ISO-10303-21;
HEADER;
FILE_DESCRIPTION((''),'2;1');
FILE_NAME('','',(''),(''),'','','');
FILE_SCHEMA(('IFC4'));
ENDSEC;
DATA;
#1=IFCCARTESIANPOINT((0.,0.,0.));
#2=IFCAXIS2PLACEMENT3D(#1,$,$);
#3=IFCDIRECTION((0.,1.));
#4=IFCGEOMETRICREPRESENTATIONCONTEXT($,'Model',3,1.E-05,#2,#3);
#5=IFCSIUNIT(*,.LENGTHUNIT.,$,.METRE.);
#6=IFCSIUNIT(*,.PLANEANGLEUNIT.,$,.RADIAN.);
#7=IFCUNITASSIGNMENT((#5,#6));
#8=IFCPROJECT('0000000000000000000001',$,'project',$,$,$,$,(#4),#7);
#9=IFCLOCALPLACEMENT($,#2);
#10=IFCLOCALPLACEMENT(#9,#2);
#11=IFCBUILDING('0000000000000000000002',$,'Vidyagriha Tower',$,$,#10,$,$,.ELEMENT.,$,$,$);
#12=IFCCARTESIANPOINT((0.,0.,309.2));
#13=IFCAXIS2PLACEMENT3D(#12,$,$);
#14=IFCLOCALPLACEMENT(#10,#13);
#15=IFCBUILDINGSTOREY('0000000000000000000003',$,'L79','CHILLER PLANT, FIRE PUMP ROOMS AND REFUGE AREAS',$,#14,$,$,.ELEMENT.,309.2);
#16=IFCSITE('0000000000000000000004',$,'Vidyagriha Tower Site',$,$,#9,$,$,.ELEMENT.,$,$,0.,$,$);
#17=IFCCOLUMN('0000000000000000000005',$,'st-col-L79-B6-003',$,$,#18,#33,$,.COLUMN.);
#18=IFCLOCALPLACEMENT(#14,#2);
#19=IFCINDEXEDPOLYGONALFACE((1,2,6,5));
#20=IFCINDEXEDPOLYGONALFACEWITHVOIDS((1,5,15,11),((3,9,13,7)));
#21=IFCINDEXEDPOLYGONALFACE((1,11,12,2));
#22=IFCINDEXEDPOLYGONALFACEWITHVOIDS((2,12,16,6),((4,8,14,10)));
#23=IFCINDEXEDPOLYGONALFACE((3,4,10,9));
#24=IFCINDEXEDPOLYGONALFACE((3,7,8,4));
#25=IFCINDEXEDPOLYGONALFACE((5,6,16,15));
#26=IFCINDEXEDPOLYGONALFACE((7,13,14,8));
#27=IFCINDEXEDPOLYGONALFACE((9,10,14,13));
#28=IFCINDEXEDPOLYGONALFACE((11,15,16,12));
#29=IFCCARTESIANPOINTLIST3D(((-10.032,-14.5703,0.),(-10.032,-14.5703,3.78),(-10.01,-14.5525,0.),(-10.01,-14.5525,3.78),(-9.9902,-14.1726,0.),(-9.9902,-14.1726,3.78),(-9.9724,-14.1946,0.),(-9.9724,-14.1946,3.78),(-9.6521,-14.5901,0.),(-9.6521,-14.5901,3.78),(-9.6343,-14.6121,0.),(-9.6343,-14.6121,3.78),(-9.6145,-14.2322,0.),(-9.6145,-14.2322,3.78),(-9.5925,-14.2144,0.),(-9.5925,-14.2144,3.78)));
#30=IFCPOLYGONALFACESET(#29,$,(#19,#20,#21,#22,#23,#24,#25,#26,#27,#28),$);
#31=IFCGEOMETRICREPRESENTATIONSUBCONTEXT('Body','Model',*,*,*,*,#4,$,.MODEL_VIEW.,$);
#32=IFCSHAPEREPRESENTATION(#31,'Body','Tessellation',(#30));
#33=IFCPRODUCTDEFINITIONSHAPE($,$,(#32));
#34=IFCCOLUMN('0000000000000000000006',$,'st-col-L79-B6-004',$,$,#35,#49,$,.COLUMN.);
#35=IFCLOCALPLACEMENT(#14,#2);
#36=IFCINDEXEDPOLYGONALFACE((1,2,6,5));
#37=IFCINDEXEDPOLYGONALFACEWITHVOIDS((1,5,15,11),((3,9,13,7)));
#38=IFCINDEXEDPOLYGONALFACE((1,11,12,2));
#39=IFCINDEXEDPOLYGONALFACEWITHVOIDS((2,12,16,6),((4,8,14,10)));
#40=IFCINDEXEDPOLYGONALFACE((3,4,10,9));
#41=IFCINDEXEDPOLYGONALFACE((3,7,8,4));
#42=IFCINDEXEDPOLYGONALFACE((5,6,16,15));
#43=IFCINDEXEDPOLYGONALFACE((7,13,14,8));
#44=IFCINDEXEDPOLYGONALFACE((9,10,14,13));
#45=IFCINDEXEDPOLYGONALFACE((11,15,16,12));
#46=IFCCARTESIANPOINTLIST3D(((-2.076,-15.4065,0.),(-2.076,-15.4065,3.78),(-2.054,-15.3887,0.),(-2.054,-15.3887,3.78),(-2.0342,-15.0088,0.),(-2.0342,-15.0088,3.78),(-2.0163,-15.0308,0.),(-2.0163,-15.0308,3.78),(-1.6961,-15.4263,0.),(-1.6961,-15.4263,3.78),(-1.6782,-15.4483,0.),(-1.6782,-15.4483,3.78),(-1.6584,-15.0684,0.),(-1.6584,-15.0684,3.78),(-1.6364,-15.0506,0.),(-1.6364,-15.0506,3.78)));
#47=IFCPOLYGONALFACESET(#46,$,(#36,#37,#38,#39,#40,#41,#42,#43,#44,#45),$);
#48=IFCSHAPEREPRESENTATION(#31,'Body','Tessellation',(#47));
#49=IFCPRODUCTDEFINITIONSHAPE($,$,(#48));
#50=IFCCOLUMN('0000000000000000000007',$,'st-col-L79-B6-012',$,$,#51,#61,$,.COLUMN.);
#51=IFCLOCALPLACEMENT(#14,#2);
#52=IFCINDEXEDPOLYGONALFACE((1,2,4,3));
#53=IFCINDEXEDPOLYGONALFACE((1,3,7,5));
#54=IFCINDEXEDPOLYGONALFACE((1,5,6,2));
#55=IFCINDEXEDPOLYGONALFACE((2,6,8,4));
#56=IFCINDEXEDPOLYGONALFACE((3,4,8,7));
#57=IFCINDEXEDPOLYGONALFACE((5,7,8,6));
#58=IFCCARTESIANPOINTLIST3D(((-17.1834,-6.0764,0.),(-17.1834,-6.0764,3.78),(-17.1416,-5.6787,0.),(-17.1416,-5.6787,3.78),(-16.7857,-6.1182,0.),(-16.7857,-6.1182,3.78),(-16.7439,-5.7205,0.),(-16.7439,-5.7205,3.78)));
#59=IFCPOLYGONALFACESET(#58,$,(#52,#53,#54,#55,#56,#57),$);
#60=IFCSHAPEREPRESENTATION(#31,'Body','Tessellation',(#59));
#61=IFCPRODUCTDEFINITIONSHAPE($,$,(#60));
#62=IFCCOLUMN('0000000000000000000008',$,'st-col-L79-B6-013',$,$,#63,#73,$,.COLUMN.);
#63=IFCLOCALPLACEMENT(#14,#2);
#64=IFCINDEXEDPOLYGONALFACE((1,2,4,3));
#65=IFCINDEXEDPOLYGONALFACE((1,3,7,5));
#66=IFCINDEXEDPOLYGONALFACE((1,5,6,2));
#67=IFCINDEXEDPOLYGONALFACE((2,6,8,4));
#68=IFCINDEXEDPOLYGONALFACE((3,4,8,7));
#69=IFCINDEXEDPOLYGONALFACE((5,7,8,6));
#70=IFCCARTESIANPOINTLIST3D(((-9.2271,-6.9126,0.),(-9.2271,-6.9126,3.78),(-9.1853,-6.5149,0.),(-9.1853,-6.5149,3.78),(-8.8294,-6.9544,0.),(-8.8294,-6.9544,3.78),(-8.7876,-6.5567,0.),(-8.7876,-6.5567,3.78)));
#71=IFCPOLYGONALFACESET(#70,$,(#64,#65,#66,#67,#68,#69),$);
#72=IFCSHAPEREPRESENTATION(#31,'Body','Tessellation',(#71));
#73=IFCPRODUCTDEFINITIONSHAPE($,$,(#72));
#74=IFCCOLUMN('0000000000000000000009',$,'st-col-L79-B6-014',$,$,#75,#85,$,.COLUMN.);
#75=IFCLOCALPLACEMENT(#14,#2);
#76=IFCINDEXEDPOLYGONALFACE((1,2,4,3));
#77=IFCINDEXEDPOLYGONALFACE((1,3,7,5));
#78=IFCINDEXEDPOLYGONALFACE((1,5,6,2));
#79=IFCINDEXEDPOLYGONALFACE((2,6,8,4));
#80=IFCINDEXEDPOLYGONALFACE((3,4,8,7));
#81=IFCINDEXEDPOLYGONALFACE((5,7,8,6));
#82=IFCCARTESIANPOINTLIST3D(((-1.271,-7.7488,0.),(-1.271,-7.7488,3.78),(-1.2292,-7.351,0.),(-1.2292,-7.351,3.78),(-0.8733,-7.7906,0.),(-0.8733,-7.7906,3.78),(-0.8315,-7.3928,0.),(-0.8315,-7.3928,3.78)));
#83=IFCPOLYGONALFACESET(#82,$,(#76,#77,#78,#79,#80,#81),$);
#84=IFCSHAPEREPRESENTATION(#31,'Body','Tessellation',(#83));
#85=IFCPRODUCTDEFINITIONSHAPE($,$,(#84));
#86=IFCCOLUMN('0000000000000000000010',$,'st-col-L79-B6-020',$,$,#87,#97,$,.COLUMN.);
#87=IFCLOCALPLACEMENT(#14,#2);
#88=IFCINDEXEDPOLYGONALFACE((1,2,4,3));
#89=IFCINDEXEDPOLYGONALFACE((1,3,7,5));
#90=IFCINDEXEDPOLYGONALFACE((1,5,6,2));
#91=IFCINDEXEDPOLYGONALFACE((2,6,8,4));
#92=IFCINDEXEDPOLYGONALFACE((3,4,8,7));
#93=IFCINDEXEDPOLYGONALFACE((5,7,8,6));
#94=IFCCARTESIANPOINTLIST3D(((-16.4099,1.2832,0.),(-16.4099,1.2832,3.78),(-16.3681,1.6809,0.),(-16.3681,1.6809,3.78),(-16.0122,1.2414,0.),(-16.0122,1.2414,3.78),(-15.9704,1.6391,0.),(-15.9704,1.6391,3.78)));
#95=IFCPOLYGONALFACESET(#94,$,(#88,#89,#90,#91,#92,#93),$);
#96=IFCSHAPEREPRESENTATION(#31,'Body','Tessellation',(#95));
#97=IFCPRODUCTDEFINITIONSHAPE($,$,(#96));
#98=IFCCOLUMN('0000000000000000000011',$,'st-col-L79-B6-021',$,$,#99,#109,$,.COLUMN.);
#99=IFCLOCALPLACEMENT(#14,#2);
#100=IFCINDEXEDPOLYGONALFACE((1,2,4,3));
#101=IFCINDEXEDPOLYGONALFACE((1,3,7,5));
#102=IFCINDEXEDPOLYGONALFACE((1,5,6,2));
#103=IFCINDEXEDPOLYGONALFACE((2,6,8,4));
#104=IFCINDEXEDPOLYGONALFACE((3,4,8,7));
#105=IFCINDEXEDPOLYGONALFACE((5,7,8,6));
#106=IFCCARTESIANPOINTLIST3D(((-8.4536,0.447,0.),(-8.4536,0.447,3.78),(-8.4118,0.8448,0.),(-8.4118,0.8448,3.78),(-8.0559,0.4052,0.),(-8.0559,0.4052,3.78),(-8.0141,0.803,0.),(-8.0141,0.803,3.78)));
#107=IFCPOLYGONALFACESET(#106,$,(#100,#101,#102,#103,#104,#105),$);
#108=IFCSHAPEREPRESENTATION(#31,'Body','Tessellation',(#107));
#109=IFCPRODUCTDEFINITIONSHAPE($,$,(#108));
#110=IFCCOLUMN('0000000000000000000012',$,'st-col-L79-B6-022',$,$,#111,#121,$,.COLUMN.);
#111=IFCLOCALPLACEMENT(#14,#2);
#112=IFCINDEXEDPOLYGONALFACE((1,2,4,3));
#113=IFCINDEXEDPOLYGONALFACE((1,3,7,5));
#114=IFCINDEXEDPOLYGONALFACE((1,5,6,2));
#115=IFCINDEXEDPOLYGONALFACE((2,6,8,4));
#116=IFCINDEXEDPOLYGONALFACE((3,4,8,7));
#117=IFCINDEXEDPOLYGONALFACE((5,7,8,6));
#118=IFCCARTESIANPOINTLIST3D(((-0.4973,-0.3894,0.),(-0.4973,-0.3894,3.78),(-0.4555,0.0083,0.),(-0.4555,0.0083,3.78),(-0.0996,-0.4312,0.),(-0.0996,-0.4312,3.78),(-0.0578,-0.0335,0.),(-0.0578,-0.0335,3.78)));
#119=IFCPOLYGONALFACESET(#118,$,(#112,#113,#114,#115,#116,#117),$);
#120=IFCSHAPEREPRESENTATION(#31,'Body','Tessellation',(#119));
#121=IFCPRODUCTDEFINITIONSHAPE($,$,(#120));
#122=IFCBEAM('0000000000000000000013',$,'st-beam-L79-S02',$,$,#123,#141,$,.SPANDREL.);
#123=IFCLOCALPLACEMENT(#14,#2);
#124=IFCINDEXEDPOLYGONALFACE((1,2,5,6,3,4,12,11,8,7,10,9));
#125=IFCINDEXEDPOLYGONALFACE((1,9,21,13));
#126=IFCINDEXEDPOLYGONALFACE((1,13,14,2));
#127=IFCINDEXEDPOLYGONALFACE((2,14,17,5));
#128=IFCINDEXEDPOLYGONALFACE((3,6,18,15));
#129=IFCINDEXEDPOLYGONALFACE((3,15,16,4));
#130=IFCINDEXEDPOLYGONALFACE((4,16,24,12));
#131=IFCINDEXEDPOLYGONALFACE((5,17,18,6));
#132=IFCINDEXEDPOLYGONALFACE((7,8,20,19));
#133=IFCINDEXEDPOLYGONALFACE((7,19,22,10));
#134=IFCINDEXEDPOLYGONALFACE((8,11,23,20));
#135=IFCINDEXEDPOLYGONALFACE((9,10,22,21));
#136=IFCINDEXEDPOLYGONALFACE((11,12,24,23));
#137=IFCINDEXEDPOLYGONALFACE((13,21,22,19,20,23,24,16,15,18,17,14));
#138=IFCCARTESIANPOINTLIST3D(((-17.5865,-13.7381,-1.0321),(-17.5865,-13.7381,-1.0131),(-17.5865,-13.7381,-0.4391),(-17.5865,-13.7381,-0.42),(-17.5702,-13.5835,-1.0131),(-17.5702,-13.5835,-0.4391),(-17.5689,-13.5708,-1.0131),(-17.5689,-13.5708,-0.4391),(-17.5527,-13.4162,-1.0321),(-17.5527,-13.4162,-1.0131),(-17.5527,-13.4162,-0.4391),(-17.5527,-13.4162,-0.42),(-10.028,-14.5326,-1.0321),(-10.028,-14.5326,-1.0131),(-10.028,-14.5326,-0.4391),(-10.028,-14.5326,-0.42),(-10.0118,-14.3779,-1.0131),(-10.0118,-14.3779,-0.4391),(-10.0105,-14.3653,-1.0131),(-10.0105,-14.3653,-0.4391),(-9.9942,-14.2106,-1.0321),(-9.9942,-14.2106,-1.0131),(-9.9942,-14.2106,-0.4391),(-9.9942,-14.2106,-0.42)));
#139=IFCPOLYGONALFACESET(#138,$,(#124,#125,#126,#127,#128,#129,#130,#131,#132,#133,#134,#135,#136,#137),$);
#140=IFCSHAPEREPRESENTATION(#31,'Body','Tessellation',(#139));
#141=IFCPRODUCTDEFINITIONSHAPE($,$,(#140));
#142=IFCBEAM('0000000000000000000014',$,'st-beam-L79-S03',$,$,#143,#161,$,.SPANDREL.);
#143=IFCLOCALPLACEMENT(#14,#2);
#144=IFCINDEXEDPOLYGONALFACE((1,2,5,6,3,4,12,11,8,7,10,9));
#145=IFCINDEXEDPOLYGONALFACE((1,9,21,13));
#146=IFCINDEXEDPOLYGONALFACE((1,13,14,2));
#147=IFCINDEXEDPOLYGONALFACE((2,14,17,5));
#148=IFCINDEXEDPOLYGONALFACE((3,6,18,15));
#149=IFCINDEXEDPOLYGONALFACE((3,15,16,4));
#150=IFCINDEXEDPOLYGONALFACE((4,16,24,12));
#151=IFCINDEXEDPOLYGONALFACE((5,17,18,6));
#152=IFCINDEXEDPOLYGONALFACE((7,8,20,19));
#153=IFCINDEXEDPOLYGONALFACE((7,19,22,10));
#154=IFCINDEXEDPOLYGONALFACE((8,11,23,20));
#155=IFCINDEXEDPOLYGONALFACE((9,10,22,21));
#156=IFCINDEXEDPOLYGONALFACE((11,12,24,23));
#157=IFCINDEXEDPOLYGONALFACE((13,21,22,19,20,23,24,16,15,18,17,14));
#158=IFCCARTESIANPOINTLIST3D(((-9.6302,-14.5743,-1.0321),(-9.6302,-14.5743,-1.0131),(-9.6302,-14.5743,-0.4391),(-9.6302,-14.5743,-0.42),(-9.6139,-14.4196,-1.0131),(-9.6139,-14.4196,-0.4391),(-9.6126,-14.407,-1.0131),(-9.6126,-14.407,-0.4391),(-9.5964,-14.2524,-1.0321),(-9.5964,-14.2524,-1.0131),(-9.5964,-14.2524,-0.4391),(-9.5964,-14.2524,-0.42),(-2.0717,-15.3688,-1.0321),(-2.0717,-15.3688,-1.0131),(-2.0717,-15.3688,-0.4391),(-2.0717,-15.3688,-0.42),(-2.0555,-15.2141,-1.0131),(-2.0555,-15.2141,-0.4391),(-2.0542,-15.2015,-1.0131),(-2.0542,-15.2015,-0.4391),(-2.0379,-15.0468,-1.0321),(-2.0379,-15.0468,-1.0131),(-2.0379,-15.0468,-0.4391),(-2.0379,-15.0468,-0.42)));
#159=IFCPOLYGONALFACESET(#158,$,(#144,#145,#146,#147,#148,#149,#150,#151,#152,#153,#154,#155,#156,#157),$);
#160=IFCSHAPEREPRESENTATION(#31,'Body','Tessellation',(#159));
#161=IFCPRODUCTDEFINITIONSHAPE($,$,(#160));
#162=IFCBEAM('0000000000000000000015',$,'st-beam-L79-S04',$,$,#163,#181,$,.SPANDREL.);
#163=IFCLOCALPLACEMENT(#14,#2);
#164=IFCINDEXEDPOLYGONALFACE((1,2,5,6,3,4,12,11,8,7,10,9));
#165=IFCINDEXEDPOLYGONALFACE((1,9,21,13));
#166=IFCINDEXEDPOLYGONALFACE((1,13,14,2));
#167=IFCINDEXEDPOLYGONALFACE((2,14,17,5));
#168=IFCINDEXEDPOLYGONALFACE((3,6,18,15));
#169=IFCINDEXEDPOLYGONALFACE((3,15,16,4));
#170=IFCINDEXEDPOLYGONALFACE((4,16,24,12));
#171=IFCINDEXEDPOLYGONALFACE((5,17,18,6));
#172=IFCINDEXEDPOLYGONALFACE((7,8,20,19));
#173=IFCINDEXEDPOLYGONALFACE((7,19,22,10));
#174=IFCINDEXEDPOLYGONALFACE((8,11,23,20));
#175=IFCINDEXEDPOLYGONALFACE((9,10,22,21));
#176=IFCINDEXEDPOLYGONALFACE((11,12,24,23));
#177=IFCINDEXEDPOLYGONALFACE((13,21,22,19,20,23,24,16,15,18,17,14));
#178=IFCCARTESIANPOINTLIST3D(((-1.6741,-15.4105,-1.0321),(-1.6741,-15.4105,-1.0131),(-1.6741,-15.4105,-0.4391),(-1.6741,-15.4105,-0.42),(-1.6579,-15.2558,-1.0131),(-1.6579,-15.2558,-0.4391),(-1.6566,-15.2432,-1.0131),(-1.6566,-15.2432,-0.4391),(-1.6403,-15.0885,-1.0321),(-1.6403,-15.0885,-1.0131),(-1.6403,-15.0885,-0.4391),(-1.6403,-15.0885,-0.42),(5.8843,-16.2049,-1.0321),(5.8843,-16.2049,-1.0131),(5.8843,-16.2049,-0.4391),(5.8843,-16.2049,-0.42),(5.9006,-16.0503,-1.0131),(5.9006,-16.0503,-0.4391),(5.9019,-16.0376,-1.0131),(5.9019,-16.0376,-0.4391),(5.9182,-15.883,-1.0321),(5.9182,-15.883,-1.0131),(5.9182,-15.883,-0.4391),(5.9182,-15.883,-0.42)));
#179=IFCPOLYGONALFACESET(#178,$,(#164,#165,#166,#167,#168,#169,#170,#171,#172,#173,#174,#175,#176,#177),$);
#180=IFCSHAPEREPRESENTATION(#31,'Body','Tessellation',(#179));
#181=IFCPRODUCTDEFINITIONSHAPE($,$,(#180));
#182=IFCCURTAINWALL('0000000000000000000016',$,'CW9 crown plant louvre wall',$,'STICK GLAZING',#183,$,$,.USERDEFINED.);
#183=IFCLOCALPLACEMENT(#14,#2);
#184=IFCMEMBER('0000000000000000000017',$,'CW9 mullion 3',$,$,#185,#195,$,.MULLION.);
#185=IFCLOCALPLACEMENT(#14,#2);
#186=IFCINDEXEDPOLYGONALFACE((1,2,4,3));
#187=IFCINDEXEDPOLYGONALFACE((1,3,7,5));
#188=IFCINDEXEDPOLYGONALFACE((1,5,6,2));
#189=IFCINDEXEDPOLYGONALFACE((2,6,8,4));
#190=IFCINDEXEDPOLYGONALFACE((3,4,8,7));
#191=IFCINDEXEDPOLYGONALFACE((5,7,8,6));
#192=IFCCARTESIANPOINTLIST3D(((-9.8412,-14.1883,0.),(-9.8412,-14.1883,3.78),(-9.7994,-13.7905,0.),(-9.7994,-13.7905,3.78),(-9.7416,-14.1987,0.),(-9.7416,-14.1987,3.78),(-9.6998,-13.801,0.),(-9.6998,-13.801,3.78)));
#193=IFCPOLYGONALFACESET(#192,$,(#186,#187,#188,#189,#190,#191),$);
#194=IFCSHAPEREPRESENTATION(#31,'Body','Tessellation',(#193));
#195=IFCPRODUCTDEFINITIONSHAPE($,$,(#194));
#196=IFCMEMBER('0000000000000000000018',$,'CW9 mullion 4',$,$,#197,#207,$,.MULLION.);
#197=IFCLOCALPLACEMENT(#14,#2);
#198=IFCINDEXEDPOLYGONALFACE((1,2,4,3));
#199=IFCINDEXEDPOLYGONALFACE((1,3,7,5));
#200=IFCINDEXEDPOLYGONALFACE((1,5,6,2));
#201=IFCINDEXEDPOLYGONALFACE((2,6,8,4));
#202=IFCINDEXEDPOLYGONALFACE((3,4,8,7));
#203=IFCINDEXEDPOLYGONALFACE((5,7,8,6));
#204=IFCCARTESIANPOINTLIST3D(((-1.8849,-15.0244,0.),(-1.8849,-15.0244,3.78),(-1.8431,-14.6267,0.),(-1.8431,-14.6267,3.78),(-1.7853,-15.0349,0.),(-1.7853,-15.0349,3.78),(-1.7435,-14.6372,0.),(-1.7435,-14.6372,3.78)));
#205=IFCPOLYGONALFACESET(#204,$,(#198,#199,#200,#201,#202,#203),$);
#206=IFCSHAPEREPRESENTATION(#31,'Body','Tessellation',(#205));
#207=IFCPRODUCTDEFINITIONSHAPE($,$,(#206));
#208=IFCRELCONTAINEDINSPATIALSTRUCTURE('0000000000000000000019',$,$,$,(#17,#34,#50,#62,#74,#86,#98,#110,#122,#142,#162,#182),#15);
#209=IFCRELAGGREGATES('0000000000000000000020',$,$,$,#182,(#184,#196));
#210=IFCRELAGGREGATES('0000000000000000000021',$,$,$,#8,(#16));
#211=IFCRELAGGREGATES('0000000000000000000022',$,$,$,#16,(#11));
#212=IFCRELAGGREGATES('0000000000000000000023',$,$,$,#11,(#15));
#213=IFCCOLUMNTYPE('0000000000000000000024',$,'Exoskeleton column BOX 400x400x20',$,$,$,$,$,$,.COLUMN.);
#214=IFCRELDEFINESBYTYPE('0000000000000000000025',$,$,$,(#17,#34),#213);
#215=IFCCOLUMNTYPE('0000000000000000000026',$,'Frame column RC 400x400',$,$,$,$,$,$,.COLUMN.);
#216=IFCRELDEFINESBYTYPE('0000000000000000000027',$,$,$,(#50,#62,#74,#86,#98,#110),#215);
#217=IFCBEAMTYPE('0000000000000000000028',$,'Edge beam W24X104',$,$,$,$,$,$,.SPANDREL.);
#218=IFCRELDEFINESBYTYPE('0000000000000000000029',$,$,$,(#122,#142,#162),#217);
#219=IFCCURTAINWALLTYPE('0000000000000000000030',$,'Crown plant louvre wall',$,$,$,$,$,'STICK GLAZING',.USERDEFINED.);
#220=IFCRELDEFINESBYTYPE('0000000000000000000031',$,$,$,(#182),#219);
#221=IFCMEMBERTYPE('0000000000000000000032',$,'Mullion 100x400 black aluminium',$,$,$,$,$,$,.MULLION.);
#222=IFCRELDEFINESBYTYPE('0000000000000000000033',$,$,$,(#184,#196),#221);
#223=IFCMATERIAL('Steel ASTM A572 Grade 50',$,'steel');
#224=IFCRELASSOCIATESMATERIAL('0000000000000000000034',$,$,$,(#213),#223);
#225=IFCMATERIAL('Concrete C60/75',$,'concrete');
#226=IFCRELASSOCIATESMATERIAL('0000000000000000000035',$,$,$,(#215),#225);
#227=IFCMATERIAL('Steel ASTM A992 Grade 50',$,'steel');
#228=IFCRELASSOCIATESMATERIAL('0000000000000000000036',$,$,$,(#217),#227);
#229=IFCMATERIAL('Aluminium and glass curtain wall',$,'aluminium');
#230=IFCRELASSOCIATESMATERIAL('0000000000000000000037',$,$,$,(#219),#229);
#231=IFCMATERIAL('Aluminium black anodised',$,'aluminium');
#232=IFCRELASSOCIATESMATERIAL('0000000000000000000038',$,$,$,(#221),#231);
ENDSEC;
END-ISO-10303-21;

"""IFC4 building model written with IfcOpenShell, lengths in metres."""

from ifc_helpers import new_model, si_unit, direction, frame, origin, origin_2d, place, context, subcontext, project, spatial, rectangle, hollow_rectangle, i_section, extrude, material, material_profile, profile_set, type_object, element, aggregate, save


model = new_model("IFC4")

# Units and contexts
model_context = context("Model", 3, precision=1e-05, world=origin(), true_north=direction((0.0, 1.0)))
body_context = subcontext(model_context, "Body", "Model", "MODEL_VIEW")
ifc_project = project(units=[si_unit("LENGTHUNIT", "METRE"), si_unit("PLANEANGLEUNIT", "RADIAN")], contexts=[model_context])

# Site, building, storey
site_placement = place(None, origin())
site = spatial("IfcSite", under=ifc_project, at=site_placement, Name="Vidyagriha Tower Site", CompositionType="ELEMENT", RefElevation=0.0)
building_placement = place(site_placement, origin())
building = spatial("IfcBuilding", under=site, at=building_placement, Name="Vidyagriha Tower", CompositionType="ELEMENT")
storey_placement = place(building_placement, frame((0.0, 0.0, 309.2)))
storey = spatial("IfcBuildingStorey", under=building, at=storey_placement, Name="L79", Description="CHILLER PLANT, FIRE PUMP ROOMS AND REFUGE AREAS", CompositionType="ELEMENT", Elevation=309.2)

# Columns
ifc_material_1 = material(Name="Steel ASTM A572 Grade 50", Category="steel")
ifc_material_profile_1 = material_profile(ifc_material_1, hollow_rectangle(XDim=0.3999, YDim=0.3999, WallThickness=0.02, at=origin_2d()), Name="BOX 400x400x20")
ifc_profile_set_1 = profile_set([ifc_material_profile_1], Name="Steel ASTM A572 Grade 50")
column_type_1 = type_object("IfcColumnType", Name="Exoskeleton column BOX 400x400x20", PredefinedType="COLUMN", material=ifc_profile_set_1)
for number, where, z_axis, x_axis, name in (
    (1, (-9.8123, -14.3923, 0.0), (0.0, 0.0, 1.0), (0.994522, -0.104528, 0.0), "st-col-L79-B6-003"),
    (2, (-1.8562, -15.2285, 0.0), (0.0, 0.0, 1.0), (0.994522, -0.104528, 0.0), "st-col-L79-B6-004"),
):
    element("IfcColumn", number, at=place(storey_placement, frame(where, z_axis=z_axis, x_axis=x_axis)), inside=storey, type_object=column_type_1, Name=name, PredefinedType="COLUMN", context=body_context, shape_type="SweptSolid", body=[
        extrude(hollow_rectangle(XDim=0.3999, YDim=0.3999, WallThickness=0.02, at=origin_2d()), origin(), (0.0, 0.0, 1.0), 3.78),
    ])
ifc_material_2 = material(Name="Concrete C60/75", Category="concrete")
ifc_material_profile_2 = material_profile(ifc_material_2, rectangle(XDim=0.3999, YDim=0.3999, at=origin_2d()), Name="RC 400x400")
ifc_profile_set_2 = profile_set([ifc_material_profile_2], Name="Concrete C60/75")
column_type_2 = type_object("IfcColumnType", Name="Frame column RC 400x400", PredefinedType="COLUMN", material=ifc_profile_set_2)
for number, where, z_axis, x_axis, name in (
    (3, (-16.9636, -5.8984, 0.0), (0.0, 0.0, 1.0), (0.994522, -0.104528, 0.0), "st-col-L79-B6-012"),
    (4, (-9.0073, -6.7346, 0.0), (0.0, 0.0, 1.0), (0.994522, -0.104528, 0.0), "st-col-L79-B6-013"),
    (5, (-1.0513, -7.5708, 0.0), (0.0, 0.0, 1.0), (0.994522, -0.104528, 0.0), "st-col-L79-B6-014"),
    (6, (-16.1902, 1.4612, 0.0), (0.0, 0.0, 1.0), (0.994522, -0.104528, 0.0), "st-col-L79-B6-020"),
    (7, (-8.2339, 0.625, 0.0), (0.0, 0.0, 1.0), (0.994522, -0.104528, 0.0), "st-col-L79-B6-021"),
    (8, (-0.2776, -0.2114, 0.0), (0.0, 0.0, 1.0), (0.994522, -0.104528, 0.0), "st-col-L79-B6-022"),
):
    element("IfcColumn", number, at=place(storey_placement, frame(where, z_axis=z_axis, x_axis=x_axis)), inside=storey, type_object=column_type_2, Name=name, PredefinedType="COLUMN", context=body_context, shape_type="SweptSolid", body=[
        extrude(rectangle(XDim=0.3999, YDim=0.3999, at=origin_2d()), origin(), (0.0, 0.0, 1.0), 3.78),
    ])

# Beams
ifc_material_3 = material(Name="Steel ASTM A992 Grade 50", Category="steel")
ifc_material_profile_3 = material_profile(ifc_material_3, i_section(OverallWidth=0.3237, OverallDepth=0.6121, WebThickness=0.0127, FlangeThickness=0.019, at=origin_2d()), Name="W24X104")
ifc_profile_set_3 = profile_set([ifc_material_profile_3], Name="Steel ASTM A992 Grade 50")
beam_type = type_object("IfcBeamType", Name="Edge beam W24X104", PredefinedType="SPANDREL", material=ifc_profile_set_3)
for number, where, z_axis, x_axis, name in (
    (9, (-17.5696, -13.5771, -0.7261), (0.994522, -0.104531, 0.0), (0.104531, 0.994522, 0.0), "st-beam-L79-S02"),
    (10, (-9.6133, -14.4133, -0.7261), (0.994522, -0.104531, 0.0), (0.104531, 0.994522, 0.0), "st-beam-L79-S03"),
    (11, (-1.6572, -15.2495, -0.7261), (0.994522, -0.104531, 0.0), (0.104531, 0.994522, 0.0), "st-beam-L79-S04"),
):
    element("IfcBeam", number, at=place(storey_placement, frame(where, z_axis=z_axis, x_axis=x_axis)), inside=storey, type_object=beam_type, Name=name, PredefinedType="SPANDREL", context=body_context, shape_type="SweptSolid", body=[
        extrude(i_section(OverallWidth=0.3237, OverallDepth=0.6121, WebThickness=0.0127, FlangeThickness=0.019, at=origin_2d()), origin(), (0.0, 0.0, 1.0), 7.6001),
    ])

# Curtain wall, members
ifc_material_4 = material(Name="Aluminium and glass curtain wall", Category="aluminium")
curtain_wall_type = type_object("IfcCurtainWallType", Name="Crown plant louvre wall", ElementType="STICK GLAZING", PredefinedType="USERDEFINED", material=ifc_material_4)
curtain_wall_placement = place(storey_placement, origin())
curtain_wall = element("IfcCurtainWall", 12, at=curtain_wall_placement, inside=storey, type_object=curtain_wall_type, Name="CW9 crown plant louvre wall", ObjectType="STICK GLAZING", PredefinedType="USERDEFINED")
ifc_material_5 = material(Name="Aluminium black anodised", Category="aluminium")
ifc_material_profile_4 = material_profile(ifc_material_5, rectangle(XDim=0.3999, YDim=0.1001, at=origin_2d()), Name="Mullion 100x400 black aluminium")
ifc_profile_set_4 = profile_set([ifc_material_profile_4], Name="Aluminium black anodised")
member_type_1 = type_object("IfcMemberType", Name="Mullion 100x400 black aluminium", PredefinedType="MULLION", material=ifc_profile_set_4)
member_1_placement = place(storey_placement, frame((-9.7705, -13.9946, 0.0), z_axis=(0.0, 0.0, 1.0), x_axis=(0.104528, 0.994522, 0.0)))
member_1 = element("IfcMember", 13, at=member_1_placement, type_object=member_type_1, Name="CW9 mullion 3", PredefinedType="MULLION", context=body_context, shape_type="SweptSolid", body=[
    extrude(rectangle(XDim=0.3999, YDim=0.1001, at=origin_2d()), origin(), (0.0, 0.0, 1.0), 3.78),
])
member_2_placement = place(storey_placement, frame((-1.8142, -14.8308, 0.0), z_axis=(0.0, 0.0, 1.0), x_axis=(0.104528, 0.994522, 0.0)))
member_2 = element("IfcMember", 14, at=member_2_placement, type_object=member_type_1, Name="CW9 mullion 4", PredefinedType="MULLION", context=body_context, shape_type="SweptSolid", body=[
    extrude(rectangle(XDim=0.3999, YDim=0.1001, at=origin_2d()), origin(), (0.0, 0.0, 1.0), 3.78),
])
aggregate(curtain_wall, [member_1, member_2])

save(model, "model.ifc")
